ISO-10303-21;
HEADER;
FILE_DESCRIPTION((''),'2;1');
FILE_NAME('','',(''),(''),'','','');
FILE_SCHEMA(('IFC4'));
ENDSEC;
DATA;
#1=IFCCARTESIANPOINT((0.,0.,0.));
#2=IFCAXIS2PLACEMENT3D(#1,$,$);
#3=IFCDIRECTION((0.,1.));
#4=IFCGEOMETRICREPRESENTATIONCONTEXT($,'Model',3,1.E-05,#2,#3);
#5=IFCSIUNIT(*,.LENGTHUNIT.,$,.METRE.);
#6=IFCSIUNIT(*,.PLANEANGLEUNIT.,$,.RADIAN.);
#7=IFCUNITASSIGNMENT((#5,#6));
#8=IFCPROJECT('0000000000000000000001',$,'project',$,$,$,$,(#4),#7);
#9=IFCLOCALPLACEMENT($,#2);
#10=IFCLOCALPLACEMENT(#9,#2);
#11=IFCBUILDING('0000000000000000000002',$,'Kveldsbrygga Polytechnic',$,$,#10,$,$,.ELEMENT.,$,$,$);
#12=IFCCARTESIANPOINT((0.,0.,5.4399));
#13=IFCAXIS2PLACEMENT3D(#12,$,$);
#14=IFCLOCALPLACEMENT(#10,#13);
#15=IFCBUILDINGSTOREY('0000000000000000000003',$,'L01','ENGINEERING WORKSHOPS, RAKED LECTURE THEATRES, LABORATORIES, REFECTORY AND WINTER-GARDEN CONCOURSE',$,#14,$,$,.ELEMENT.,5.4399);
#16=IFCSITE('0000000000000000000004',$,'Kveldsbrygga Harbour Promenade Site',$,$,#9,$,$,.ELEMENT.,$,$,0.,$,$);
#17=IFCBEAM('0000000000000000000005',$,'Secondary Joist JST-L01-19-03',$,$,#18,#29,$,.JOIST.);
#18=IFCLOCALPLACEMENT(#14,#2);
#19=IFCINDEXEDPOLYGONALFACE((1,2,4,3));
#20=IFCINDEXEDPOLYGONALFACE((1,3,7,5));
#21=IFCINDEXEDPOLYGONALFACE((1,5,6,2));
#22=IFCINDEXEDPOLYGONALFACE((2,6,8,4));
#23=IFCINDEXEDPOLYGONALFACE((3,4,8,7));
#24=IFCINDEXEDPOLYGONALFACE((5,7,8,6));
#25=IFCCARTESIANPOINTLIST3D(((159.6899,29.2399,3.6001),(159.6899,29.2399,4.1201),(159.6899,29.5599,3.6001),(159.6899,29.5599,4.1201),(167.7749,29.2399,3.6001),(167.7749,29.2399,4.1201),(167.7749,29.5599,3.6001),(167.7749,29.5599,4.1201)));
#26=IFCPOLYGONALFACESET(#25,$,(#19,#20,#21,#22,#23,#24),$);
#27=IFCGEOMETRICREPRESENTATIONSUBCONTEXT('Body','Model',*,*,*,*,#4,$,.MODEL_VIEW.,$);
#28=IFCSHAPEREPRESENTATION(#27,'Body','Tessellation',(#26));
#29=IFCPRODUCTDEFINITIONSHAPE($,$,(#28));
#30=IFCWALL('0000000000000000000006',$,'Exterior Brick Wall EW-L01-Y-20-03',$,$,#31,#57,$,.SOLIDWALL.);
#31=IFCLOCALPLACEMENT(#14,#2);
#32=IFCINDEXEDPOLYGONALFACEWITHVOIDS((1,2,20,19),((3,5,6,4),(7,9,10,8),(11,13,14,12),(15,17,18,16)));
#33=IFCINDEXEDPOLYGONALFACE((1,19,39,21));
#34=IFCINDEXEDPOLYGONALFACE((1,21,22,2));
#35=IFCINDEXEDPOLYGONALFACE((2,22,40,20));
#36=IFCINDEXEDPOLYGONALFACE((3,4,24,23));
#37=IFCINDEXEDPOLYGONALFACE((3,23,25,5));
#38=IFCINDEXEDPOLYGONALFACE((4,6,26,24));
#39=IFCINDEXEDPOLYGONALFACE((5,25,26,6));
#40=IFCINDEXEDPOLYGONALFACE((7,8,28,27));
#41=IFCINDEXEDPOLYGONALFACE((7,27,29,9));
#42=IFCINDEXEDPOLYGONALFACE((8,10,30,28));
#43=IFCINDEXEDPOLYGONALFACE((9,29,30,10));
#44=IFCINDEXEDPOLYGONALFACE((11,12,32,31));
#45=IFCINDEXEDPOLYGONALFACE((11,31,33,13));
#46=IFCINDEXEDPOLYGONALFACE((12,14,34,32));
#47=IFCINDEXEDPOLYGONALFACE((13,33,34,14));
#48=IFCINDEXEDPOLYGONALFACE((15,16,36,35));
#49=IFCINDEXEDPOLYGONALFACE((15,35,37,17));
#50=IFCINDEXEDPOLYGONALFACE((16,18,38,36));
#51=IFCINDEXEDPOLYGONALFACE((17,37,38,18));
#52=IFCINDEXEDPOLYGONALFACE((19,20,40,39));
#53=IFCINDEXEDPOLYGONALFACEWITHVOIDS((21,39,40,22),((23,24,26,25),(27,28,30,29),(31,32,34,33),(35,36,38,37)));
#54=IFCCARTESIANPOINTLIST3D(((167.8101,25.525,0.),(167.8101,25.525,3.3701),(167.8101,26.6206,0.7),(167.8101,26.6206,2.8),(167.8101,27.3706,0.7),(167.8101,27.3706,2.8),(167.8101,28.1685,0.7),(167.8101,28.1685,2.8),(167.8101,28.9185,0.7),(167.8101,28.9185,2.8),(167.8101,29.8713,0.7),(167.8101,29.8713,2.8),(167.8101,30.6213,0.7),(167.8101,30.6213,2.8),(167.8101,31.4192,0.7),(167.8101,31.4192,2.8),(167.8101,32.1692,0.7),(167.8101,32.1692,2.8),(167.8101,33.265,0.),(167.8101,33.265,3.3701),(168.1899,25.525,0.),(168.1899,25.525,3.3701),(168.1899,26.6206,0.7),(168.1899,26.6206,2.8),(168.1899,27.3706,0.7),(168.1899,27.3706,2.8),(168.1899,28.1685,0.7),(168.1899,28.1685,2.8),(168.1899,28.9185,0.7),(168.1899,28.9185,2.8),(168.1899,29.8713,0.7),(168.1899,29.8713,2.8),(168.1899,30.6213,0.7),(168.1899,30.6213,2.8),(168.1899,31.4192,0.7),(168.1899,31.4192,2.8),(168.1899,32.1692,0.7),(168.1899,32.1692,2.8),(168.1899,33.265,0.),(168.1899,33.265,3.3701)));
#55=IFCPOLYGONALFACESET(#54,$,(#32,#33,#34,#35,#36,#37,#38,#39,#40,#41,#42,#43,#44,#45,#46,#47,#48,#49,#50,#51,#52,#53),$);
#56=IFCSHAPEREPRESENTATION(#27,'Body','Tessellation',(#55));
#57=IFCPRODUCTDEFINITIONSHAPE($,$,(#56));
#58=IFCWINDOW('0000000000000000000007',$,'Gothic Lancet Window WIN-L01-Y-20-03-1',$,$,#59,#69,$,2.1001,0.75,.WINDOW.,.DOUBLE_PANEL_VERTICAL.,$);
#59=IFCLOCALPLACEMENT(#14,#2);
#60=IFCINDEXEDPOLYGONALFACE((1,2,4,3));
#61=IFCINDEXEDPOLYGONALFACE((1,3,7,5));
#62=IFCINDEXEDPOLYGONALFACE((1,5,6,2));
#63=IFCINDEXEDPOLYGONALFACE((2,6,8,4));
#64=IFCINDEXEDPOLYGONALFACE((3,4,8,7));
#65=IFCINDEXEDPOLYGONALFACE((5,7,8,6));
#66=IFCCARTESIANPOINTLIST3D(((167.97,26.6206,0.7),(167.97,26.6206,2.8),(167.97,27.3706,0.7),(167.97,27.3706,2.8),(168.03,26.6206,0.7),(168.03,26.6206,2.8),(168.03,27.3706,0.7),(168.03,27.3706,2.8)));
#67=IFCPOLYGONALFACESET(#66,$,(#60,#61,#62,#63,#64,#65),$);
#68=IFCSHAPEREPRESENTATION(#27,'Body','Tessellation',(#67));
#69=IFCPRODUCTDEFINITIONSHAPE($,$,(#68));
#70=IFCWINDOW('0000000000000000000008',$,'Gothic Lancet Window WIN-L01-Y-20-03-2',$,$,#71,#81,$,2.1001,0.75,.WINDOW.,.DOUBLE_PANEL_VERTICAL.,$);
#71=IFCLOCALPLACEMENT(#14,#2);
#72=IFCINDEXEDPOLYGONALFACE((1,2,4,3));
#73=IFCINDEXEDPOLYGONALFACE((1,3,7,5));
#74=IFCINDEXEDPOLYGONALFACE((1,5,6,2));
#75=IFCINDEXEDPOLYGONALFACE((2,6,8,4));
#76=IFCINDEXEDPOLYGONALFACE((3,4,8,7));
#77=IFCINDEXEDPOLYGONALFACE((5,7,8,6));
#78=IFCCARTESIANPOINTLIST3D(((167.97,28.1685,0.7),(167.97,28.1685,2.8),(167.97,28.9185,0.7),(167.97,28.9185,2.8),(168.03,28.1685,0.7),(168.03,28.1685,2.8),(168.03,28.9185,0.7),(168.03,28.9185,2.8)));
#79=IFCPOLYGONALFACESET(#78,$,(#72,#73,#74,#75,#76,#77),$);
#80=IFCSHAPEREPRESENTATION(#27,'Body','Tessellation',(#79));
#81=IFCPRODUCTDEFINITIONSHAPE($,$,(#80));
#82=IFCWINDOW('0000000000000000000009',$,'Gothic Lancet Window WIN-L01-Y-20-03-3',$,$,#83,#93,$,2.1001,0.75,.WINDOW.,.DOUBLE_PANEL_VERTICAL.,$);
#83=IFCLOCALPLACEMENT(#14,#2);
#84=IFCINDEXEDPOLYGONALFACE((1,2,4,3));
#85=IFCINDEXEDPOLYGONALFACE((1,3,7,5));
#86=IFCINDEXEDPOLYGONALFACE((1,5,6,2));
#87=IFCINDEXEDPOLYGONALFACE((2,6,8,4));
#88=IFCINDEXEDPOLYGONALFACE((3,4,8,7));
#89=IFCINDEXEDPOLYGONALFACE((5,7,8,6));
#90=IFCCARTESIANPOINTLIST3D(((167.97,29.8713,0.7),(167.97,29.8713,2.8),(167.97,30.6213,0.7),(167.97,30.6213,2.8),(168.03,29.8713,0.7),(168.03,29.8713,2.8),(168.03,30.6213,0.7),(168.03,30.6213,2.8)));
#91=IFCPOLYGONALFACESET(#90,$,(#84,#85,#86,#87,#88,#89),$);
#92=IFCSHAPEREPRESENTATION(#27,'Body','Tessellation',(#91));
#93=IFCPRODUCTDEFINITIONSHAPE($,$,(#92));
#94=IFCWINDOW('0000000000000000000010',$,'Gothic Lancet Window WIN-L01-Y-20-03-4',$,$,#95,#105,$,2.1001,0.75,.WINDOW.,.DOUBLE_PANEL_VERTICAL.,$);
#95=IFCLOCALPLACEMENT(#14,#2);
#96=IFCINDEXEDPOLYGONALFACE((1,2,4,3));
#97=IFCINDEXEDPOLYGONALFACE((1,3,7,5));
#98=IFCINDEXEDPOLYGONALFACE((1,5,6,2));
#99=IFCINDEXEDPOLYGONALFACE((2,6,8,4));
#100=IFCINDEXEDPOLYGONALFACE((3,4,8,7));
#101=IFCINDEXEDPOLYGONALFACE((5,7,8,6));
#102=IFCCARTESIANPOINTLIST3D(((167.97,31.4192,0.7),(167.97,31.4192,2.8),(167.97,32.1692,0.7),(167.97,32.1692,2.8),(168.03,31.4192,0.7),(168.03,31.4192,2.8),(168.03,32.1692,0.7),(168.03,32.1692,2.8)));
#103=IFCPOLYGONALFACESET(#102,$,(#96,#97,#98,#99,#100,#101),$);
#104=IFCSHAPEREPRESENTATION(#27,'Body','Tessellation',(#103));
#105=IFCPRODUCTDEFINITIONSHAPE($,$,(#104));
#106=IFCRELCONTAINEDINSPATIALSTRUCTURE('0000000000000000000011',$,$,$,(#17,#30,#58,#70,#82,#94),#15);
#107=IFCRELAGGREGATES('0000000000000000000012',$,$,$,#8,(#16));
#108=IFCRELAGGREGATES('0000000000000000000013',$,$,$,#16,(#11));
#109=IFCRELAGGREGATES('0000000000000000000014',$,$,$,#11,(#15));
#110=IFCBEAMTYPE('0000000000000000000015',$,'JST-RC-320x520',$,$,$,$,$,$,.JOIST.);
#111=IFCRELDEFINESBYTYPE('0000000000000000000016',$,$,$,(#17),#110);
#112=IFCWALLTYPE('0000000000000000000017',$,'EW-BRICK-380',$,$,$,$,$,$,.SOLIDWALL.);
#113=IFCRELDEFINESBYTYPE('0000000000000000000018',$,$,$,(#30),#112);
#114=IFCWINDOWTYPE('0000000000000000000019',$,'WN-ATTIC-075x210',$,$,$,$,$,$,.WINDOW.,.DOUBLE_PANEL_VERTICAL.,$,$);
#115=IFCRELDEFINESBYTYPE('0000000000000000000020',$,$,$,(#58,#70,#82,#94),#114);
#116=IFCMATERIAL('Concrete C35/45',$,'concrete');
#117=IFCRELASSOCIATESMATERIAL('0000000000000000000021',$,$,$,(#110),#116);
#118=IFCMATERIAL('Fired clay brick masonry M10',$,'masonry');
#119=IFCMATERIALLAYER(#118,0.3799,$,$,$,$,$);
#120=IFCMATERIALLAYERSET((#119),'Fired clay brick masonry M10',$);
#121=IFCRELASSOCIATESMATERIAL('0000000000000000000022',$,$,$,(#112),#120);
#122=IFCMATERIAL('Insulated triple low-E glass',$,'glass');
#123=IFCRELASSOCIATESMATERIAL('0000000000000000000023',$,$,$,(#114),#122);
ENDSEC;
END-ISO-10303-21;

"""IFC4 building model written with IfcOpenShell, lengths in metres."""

from ifc_helpers import new_model, si_unit, direction, frame, frame_2d, origin, origin_2d, place, context, subcontext, project, spatial, rectangle, extrude, material, layer, layer_set, material_profile, profile_set, type_object, element, fill, save


model = new_model("IFC4")

# Units and contexts
model_context = context("Model", 3, precision=1e-05, world=origin(), true_north=direction((0.0, 1.0)))
body_context = subcontext(model_context, "Body", "Model", "MODEL_VIEW")
ifc_project = project(units=[si_unit("LENGTHUNIT", "METRE"), si_unit("PLANEANGLEUNIT", "RADIAN")], contexts=[model_context])

# Site, building, storey
site_placement = place(None, origin())
site = spatial("IfcSite", under=ifc_project, at=site_placement, Name="Kveldsbrygga Harbour Promenade Site", CompositionType="ELEMENT", RefElevation=0.0)
building_placement = place(site_placement, origin())
building = spatial("IfcBuilding", under=site, at=building_placement, Name="Kveldsbrygga Polytechnic", CompositionType="ELEMENT")
storey_placement = place(building_placement, frame((0.0, 0.0, 5.4399)))
storey = spatial("IfcBuildingStorey", under=building, at=storey_placement, Name="L01", Description="ENGINEERING WORKSHOPS, RAKED LECTURE THEATRES, LABORATORIES, REFECTORY AND WINTER-GARDEN CONCOURSE", CompositionType="ELEMENT", Elevation=5.4399)

# Beam
ifc_material_1 = material(Name="Concrete C35/45", Category="concrete")
ifc_material_profile_1 = material_profile(ifc_material_1, rectangle(XDim=0.3201, YDim=0.52, at=origin_2d()), Name="RC 320x520")
ifc_profile_set_1 = profile_set([ifc_material_profile_1], Name="Concrete C35/45")
beam_type_1 = type_object("IfcBeamType", Name="JST-RC-320x520", PredefinedType="JOIST", material=ifc_profile_set_1)
beam_1_placement = place(storey_placement, frame((159.6899, 29.3999, 3.8601), z_axis=(1.0, 0.0, 0.0), x_axis=(0.0, 1.0, 0.0)))
element("IfcBeam", 1, at=beam_1_placement, inside=storey, type_object=beam_type_1, Name="Secondary Joist JST-L01-19-03", PredefinedType="JOIST", context=body_context, shape_type="SweptSolid", body=[
    extrude(rectangle(XDim=0.3201, YDim=0.52, at=origin_2d()), origin(), (0.0, 0.0, 1.0), 8.085),
])

# Wall, openings, windows
ifc_material_2 = material(Name="Fired clay brick masonry M10", Category="masonry")
ifc_layer_1 = layer(ifc_material_2, 0.3799)
ifc_layer_set_1 = layer_set([ifc_layer_1], Name="Fired clay brick masonry M10")
wall_type_1 = type_object("IfcWallType", Name="EW-BRICK-380", PredefinedType="SOLIDWALL", material=ifc_layer_set_1)
wall_1_placement = place(storey_placement, frame((168.0, 25.5249, 0.0), z_axis=(0.0, 0.0, 1.0), x_axis=(0.0, 1.0, 0.0)))
wall_1 = element("IfcWall", 2, at=wall_1_placement, inside=storey, type_object=wall_type_1, Name="Exterior Brick Wall EW-L01-Y-20-03", PredefinedType="SOLIDWALL", context=body_context, shape_type="SweptSolid", body=[
    extrude(rectangle(XDim=7.74, YDim=0.3799, at=frame_2d((3.8701, 0.0))), origin(), (0.0, 0.0, 1.0), 3.3701),
])
opening_1_placement = place(wall_1_placement, frame((1.0957, 0.0, 0.7)))
opening_1 = element("IfcOpeningElement", 3, at=opening_1_placement, cuts=wall_1, PredefinedType="OPENING", context=body_context, shape_type="SweptSolid", body=[
    extrude(rectangle(XDim=0.75, YDim=2.1001, at=frame_2d((0.375, 1.05))), frame((0.0, 0.2, 0.0), z_axis=(0.0, -1.0, 0.0), x_axis=(1.0, 0.0, 0.0)), (0.0, 0.0, 1.0), 0.3999),
])
opening_2_placement = place(wall_1_placement, frame((2.6436, 0.0, 0.7)))
opening_2 = element("IfcOpeningElement", 4, at=opening_2_placement, cuts=wall_1, PredefinedType="OPENING", context=body_context, shape_type="SweptSolid", body=[
    extrude(rectangle(XDim=0.75, YDim=2.1001, at=frame_2d((0.375, 1.05))), frame((0.0, 0.2, 0.0), z_axis=(0.0, -1.0, 0.0), x_axis=(1.0, 0.0, 0.0)), (0.0, 0.0, 1.0), 0.3999),
])
opening_3_placement = place(wall_1_placement, frame((4.3464, 0.0, 0.7)))
opening_3 = element("IfcOpeningElement", 5, at=opening_3_placement, cuts=wall_1, PredefinedType="OPENING", context=body_context, shape_type="SweptSolid", body=[
    extrude(rectangle(XDim=0.75, YDim=2.1001, at=frame_2d((0.375, 1.05))), frame((0.0, 0.2, 0.0), z_axis=(0.0, -1.0, 0.0), x_axis=(1.0, 0.0, 0.0)), (0.0, 0.0, 1.0), 0.3999),
])
opening_4_placement = place(wall_1_placement, frame((5.8943, 0.0, 0.7)))
opening_4 = element("IfcOpeningElement", 6, at=opening_4_placement, cuts=wall_1, PredefinedType="OPENING", context=body_context, shape_type="SweptSolid", body=[
    extrude(rectangle(XDim=0.75, YDim=2.1001, at=frame_2d((0.375, 1.05))), frame((0.0, 0.2, 0.0), z_axis=(0.0, -1.0, 0.0), x_axis=(1.0, 0.0, 0.0)), (0.0, 0.0, 1.0), 0.3999),
])
ifc_material_3 = material(Name="Insulated triple low-E glass", Category="glass")
window_type = type_object("IfcWindowType", Name="WN-ATTIC-075x210", PartitioningType="DOUBLE_PANEL_VERTICAL", PredefinedType="WINDOW", material=ifc_material_3)
window_1_placement = place(opening_1_placement, origin())
window_1 = element("IfcWindow", 7, at=window_1_placement, inside=storey, type_object=window_type, Name="Gothic Lancet Window WIN-L01-Y-20-03-1", OverallHeight=2.1001, OverallWidth=0.75, PartitioningType="DOUBLE_PANEL_VERTICAL", PredefinedType="WINDOW", context=body_context, shape_type="SweptSolid", body=[
    extrude(rectangle(XDim=0.75, YDim=2.1001, at=frame_2d((0.375, 1.05))), frame((0.0, 0.03, 0.0), z_axis=(0.0, -1.0, 0.0), x_axis=(1.0, 0.0, 0.0)), (0.0, 0.0, 1.0), 0.0601),
])
fill(opening_1, window_1)
window_2_placement = place(opening_2_placement, origin())
window_2 = element("IfcWindow", 8, at=window_2_placement, inside=storey, type_object=window_type, Name="Gothic Lancet Window WIN-L01-Y-20-03-2", OverallHeight=2.1001, OverallWidth=0.75, PartitioningType="DOUBLE_PANEL_VERTICAL", PredefinedType="WINDOW", context=body_context, shape_type="SweptSolid", body=[
    extrude(rectangle(XDim=0.75, YDim=2.1001, at=frame_2d((0.375, 1.05))), frame((0.0, 0.03, 0.0), z_axis=(0.0, -1.0, 0.0), x_axis=(1.0, 0.0, 0.0)), (0.0, 0.0, 1.0), 0.0601),
])
fill(opening_2, window_2)
window_3_placement = place(opening_3_placement, origin())
window_3 = element("IfcWindow", 9, at=window_3_placement, inside=storey, type_object=window_type, Name="Gothic Lancet Window WIN-L01-Y-20-03-3", OverallHeight=2.1001, OverallWidth=0.75, PartitioningType="DOUBLE_PANEL_VERTICAL", PredefinedType="WINDOW", context=body_context, shape_type="SweptSolid", body=[
    extrude(rectangle(XDim=0.75, YDim=2.1001, at=frame_2d((0.375, 1.05))), frame((0.0, 0.03, 0.0), z_axis=(0.0, -1.0, 0.0), x_axis=(1.0, 0.0, 0.0)), (0.0, 0.0, 1.0), 0.0601),
])
fill(opening_3, window_3)
window_4_placement = place(opening_4_placement, origin())
window_4 = element("IfcWindow", 10, at=window_4_placement, inside=storey, type_object=window_type, Name="Gothic Lancet Window WIN-L01-Y-20-03-4", OverallHeight=2.1001, OverallWidth=0.75, PartitioningType="DOUBLE_PANEL_VERTICAL", PredefinedType="WINDOW", context=body_context, shape_type="SweptSolid", body=[
    extrude(rectangle(XDim=0.75, YDim=2.1001, at=frame_2d((0.375, 1.05))), frame((0.0, 0.03, 0.0), z_axis=(0.0, -1.0, 0.0), x_axis=(1.0, 0.0, 0.0)), (0.0, 0.0, 1.0), 0.0601),
])
fill(opening_4, window_4)

save(model, "model.ifc")
